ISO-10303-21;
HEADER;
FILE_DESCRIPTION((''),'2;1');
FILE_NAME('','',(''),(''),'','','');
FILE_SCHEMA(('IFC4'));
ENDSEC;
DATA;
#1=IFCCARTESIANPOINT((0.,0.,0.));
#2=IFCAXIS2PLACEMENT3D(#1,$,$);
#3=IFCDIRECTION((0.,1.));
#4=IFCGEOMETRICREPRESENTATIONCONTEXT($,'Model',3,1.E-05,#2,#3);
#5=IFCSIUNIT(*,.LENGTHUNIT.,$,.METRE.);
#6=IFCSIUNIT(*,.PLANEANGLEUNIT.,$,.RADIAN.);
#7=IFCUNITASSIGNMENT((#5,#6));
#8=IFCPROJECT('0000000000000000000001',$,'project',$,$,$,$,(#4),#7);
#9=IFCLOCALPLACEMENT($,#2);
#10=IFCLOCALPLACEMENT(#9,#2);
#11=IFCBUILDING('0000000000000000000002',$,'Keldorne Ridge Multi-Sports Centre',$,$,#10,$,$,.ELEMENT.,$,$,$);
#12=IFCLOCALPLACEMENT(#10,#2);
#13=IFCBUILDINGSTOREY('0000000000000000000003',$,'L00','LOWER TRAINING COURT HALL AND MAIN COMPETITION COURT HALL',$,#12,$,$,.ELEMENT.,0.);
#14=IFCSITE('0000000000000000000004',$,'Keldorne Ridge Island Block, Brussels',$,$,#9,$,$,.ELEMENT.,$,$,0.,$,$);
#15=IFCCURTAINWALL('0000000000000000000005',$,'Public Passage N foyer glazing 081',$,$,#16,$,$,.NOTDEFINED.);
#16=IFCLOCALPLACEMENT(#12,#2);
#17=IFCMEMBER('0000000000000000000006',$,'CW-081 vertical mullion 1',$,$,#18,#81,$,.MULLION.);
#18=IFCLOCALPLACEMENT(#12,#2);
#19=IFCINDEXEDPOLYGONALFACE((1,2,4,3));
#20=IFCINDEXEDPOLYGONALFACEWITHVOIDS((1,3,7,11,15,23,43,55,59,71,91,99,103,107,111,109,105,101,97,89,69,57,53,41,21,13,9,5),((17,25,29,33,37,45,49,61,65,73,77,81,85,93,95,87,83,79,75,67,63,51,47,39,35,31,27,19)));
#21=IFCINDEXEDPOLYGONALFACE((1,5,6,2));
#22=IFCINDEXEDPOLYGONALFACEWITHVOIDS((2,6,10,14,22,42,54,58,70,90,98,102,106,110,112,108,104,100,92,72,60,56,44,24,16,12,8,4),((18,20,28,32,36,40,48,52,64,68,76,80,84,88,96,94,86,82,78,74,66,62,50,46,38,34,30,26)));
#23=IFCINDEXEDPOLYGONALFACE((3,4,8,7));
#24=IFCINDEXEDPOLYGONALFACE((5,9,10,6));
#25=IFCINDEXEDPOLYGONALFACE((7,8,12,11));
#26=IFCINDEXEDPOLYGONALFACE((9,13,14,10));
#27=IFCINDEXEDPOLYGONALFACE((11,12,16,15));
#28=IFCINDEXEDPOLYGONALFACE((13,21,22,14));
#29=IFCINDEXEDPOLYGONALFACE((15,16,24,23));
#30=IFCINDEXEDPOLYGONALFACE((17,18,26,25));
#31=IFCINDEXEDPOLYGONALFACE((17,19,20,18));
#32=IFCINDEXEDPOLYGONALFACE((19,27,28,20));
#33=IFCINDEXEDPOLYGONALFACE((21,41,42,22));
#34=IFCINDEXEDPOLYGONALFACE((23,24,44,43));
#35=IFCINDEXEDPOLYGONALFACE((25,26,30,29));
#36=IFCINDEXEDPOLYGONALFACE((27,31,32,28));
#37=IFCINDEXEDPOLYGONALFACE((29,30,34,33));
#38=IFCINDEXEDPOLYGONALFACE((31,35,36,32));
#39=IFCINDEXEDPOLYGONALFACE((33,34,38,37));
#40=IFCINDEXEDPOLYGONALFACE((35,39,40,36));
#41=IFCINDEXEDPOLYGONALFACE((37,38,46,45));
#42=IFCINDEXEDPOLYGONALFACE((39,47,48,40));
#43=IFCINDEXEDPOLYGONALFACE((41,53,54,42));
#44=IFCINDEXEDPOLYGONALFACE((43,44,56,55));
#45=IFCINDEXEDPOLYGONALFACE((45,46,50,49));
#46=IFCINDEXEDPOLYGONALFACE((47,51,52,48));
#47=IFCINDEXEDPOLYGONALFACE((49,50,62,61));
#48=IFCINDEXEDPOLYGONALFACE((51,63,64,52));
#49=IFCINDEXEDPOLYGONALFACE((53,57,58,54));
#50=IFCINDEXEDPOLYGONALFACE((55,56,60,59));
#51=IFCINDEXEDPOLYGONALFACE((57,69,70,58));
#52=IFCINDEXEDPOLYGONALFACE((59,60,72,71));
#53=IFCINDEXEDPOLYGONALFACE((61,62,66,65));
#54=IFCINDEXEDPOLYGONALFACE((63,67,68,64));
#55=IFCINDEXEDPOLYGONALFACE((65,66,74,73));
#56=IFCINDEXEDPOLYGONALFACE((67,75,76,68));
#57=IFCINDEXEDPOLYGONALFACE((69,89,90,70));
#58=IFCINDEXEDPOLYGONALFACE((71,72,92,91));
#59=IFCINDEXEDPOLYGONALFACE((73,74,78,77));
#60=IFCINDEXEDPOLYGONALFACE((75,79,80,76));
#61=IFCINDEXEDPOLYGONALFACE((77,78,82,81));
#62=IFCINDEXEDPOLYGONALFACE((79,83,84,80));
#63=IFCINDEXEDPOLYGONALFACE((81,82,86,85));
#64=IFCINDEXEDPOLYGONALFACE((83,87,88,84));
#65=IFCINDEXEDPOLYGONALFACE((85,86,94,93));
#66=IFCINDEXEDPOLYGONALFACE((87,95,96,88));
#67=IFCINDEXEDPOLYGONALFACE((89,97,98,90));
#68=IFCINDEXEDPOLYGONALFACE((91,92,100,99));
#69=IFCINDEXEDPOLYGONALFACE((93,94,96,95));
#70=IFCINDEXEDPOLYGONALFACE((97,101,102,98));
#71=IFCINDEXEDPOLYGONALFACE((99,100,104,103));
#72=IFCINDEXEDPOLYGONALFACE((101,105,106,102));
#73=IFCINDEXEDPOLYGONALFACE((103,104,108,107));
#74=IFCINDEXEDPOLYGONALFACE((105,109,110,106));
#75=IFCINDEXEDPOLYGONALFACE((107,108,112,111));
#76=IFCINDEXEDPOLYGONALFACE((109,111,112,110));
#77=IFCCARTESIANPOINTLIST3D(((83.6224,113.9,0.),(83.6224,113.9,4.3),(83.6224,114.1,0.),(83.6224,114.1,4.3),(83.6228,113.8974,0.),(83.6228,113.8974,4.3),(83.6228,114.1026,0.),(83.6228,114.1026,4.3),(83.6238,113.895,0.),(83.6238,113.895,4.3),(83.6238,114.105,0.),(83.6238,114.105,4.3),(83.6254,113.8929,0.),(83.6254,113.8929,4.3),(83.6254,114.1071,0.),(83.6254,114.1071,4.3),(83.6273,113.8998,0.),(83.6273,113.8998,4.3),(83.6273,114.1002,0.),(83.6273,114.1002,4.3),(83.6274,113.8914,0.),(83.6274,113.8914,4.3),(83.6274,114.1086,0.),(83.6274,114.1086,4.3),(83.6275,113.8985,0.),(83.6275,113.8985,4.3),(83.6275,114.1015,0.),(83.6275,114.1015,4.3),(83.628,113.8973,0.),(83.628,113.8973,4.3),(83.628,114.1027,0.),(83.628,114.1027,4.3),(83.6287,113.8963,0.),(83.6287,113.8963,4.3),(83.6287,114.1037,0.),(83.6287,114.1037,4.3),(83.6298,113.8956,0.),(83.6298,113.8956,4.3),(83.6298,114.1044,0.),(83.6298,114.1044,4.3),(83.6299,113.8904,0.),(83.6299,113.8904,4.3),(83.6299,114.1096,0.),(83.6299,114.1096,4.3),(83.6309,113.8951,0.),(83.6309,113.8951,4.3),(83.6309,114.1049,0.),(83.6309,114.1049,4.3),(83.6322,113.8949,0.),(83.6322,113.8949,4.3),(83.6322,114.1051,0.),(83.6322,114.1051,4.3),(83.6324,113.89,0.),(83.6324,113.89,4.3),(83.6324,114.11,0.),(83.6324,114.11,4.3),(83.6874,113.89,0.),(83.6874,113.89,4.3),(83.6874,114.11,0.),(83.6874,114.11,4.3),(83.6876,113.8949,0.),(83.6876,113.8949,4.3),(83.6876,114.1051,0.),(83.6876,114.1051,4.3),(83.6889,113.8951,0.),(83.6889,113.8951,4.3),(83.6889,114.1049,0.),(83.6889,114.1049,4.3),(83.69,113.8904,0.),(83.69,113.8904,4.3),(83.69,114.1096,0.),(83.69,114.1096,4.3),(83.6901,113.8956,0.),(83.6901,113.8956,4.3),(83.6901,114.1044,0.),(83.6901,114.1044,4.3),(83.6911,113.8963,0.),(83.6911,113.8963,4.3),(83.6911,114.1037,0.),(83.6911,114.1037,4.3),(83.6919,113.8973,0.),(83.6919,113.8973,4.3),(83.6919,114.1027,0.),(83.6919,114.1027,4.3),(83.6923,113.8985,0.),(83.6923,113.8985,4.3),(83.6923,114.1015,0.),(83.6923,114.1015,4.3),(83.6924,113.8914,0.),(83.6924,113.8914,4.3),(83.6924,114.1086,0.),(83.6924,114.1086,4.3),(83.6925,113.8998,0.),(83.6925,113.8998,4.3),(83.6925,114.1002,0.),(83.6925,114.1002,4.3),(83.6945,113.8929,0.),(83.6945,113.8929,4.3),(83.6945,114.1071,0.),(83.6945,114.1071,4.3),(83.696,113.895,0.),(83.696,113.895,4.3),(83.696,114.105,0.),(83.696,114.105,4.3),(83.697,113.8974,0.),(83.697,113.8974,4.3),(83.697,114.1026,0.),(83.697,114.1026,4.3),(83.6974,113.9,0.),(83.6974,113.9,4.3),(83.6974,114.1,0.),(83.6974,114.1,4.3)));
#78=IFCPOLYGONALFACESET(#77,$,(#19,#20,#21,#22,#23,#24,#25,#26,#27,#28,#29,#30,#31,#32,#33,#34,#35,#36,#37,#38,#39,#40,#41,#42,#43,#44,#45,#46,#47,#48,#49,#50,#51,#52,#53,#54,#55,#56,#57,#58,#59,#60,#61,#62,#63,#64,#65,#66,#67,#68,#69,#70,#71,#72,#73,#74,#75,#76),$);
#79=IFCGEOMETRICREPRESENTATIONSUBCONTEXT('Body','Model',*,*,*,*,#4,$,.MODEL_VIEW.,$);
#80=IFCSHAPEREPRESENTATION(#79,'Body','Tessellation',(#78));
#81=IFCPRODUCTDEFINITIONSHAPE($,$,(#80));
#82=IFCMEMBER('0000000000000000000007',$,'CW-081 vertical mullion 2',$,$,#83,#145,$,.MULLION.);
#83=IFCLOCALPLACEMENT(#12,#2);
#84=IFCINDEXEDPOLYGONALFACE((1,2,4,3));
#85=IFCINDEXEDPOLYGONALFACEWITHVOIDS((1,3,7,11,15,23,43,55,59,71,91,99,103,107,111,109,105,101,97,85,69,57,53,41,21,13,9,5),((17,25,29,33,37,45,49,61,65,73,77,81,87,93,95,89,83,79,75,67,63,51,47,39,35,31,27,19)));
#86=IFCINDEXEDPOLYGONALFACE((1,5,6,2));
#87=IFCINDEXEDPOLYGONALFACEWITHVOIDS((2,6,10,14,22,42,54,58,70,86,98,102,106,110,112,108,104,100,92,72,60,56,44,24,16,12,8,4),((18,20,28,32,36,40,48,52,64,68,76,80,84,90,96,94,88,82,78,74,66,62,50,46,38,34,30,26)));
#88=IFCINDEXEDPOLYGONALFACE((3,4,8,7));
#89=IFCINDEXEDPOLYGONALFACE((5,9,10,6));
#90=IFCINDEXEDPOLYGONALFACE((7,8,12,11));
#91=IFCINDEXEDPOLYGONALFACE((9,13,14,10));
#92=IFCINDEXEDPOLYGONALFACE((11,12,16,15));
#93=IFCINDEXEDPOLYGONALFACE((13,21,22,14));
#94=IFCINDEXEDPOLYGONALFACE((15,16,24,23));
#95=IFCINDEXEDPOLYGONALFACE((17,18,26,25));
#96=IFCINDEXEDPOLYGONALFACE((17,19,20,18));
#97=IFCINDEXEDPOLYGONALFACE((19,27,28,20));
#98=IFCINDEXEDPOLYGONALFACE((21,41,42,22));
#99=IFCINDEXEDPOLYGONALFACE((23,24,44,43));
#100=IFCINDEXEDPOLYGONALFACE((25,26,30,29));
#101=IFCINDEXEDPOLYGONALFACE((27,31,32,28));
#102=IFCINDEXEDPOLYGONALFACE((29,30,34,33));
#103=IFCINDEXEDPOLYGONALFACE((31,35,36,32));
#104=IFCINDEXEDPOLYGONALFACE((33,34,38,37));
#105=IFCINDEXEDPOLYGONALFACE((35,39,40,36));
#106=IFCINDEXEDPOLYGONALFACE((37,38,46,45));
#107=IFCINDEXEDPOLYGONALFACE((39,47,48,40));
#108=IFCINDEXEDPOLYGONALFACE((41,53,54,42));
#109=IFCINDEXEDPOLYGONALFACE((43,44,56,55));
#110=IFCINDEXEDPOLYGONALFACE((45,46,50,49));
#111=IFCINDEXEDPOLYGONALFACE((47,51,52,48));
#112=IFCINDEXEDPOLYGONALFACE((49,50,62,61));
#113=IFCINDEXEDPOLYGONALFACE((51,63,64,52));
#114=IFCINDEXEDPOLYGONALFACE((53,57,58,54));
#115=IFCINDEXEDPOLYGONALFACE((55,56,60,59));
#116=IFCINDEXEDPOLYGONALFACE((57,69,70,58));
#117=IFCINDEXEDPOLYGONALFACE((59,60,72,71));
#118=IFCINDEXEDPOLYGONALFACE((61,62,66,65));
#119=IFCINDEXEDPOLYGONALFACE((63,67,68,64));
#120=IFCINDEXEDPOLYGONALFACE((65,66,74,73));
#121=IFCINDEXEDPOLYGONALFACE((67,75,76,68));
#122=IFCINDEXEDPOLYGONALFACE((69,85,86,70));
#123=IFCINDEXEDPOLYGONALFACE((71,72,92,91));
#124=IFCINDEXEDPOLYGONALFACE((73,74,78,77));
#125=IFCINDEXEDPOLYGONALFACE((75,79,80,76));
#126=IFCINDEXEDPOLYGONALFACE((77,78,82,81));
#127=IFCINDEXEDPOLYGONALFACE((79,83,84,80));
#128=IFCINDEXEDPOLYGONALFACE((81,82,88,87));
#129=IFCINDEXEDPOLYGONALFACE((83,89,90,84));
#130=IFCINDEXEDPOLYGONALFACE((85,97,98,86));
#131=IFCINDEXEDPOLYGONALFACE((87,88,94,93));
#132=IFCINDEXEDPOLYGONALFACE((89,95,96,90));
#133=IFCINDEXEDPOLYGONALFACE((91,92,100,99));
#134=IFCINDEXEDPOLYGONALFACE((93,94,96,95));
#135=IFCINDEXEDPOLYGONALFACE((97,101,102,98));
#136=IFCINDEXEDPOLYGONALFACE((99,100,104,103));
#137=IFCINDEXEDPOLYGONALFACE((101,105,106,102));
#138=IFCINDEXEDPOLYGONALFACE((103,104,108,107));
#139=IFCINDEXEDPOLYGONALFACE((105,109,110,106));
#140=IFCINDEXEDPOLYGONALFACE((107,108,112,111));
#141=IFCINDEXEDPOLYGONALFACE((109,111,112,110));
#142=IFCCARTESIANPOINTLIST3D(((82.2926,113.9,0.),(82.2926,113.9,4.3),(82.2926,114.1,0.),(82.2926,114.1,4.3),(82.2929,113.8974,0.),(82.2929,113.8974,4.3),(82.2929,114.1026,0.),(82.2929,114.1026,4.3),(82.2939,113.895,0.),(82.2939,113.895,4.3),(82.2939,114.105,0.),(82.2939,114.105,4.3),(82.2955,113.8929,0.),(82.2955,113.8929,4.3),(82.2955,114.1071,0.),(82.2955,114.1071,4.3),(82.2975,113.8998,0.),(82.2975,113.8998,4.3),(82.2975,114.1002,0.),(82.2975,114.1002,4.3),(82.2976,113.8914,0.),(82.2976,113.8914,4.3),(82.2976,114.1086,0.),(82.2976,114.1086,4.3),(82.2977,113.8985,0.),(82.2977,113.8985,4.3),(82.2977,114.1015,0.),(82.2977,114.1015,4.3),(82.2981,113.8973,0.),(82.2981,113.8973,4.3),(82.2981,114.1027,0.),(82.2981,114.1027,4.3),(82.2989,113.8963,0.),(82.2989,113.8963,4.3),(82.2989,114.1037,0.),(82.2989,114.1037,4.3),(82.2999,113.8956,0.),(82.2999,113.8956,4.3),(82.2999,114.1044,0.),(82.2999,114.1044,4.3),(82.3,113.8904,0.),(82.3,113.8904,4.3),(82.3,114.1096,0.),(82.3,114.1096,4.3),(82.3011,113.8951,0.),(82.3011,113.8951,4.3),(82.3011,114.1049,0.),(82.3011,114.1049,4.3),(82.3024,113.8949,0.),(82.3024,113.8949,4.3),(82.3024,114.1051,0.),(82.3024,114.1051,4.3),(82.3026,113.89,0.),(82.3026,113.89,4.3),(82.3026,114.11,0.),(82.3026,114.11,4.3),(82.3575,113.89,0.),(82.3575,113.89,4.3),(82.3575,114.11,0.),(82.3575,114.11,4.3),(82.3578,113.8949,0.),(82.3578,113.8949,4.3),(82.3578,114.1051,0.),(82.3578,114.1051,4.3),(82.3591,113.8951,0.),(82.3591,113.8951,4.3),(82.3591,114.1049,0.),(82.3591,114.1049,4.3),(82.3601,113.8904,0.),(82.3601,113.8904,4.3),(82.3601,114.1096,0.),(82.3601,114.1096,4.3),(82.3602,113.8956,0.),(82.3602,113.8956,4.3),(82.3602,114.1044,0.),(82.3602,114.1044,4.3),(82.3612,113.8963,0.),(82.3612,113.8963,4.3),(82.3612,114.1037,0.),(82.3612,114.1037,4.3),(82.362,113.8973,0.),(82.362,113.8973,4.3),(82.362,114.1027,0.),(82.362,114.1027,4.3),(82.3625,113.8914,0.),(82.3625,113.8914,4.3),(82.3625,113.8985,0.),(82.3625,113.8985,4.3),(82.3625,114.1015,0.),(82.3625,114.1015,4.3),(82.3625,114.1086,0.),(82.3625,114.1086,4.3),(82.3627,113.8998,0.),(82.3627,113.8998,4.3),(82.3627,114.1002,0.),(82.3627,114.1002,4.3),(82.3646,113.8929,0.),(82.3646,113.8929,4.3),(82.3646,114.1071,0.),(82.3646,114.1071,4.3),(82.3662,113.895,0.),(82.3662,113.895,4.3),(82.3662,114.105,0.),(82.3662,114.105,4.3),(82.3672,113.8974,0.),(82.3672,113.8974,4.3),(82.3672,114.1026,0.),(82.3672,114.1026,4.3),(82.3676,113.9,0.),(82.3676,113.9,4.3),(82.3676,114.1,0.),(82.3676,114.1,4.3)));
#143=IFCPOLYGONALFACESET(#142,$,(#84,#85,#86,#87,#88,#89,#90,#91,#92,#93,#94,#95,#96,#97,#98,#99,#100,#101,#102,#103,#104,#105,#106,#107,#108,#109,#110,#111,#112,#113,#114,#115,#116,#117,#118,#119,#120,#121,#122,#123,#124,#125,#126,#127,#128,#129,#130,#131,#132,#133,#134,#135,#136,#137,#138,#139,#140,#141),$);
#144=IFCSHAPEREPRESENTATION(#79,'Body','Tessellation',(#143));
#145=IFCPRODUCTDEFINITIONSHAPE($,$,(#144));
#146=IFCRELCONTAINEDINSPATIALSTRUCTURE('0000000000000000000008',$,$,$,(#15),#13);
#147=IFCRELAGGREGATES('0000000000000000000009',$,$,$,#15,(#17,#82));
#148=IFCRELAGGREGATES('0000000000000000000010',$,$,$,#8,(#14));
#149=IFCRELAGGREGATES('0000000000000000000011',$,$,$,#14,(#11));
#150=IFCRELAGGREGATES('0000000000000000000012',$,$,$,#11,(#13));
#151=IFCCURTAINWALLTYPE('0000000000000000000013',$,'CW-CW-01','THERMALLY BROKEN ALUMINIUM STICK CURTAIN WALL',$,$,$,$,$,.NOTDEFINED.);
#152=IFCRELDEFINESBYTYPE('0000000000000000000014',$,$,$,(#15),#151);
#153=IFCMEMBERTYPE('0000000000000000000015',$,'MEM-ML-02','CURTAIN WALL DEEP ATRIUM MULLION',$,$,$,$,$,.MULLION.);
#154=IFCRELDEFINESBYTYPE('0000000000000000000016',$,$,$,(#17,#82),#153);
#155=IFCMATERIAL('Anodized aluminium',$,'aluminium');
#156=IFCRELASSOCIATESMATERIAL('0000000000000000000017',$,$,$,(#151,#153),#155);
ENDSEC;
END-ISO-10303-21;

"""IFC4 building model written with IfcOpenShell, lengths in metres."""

from ifc_helpers import new_model, si_unit, direction, frame, origin, origin_2d, place, context, subcontext, project, spatial, hollow_rectangle, extrude, material, material_profile, profile_set, type_object, element, aggregate, save


model = new_model("IFC4")

# Units and contexts
model_context = context("Model", 3, precision=1e-05, world=origin(), true_north=direction((0.0, 1.0)))
body_context = subcontext(model_context, "Body", "Model", "MODEL_VIEW")
ifc_project = project(units=[si_unit("LENGTHUNIT", "METRE"), si_unit("PLANEANGLEUNIT", "RADIAN")], contexts=[model_context])

# Site, building, storey
site_placement = place(None, origin())
site = spatial("IfcSite", under=ifc_project, at=site_placement, Name="Keldorne Ridge Island Block, Brussels", CompositionType="ELEMENT", RefElevation=0.0)
building_placement = place(site_placement, origin())
building = spatial("IfcBuilding", under=site, at=building_placement, Name="Keldorne Ridge Multi-Sports Centre", CompositionType="ELEMENT")
storey_placement = place(building_placement, origin())
storey = spatial("IfcBuildingStorey", under=building, at=storey_placement, Name="L00", Description="LOWER TRAINING COURT HALL AND MAIN COMPETITION COURT HALL", CompositionType="ELEMENT", Elevation=0.0)

# Curtain wall, members
ifc_material_1 = material(Name="Anodized aluminium", Category="aluminium")
curtain_wall_type = type_object("IfcCurtainWallType", Name="CW-CW-01", Description="THERMALLY BROKEN ALUMINIUM STICK CURTAIN WALL", PredefinedType="NOTDEFINED", material=ifc_material_1)
curtain_wall_placement = place(storey_placement, origin())
curtain_wall = element("IfcCurtainWall", 1, at=curtain_wall_placement, inside=storey, type_object=curtain_wall_type, Name="Public Passage N foyer glazing 081", PredefinedType="NOTDEFINED")
ifc_material_profile_1 = material_profile(ifc_material_1, hollow_rectangle(XDim=0.075, YDim=0.22, WallThickness=0.0049, InnerFilletRadius=0.0049, OuterFilletRadius=0.01, at=origin_2d()), Name="ALU MULLION 220x75x5")
ifc_profile_set_1 = profile_set([ifc_material_profile_1], Name="Anodized aluminium")
member_type_1 = type_object("IfcMemberType", Name="MEM-ML-02", Description="CURTAIN WALL DEEP ATRIUM MULLION", PredefinedType="MULLION", material=ifc_profile_set_1)
member_1_placement = place(storey_placement, frame((83.6599, 114.0, 0.0), z_axis=(0.0, 0.0, 1.0), x_axis=(1.0, 0.0, 0.0)))
member_1 = element("IfcMember", 2, at=member_1_placement, type_object=member_type_1, Name="CW-081 vertical mullion 1", PredefinedType="MULLION", context=body_context, shape_type="SweptSolid", body=[
    extrude(hollow_rectangle(XDim=0.075, YDim=0.22, WallThickness=0.0049, InnerFilletRadius=0.0049, OuterFilletRadius=0.01, at=origin_2d()), origin(), (0.0, 0.0, 1.0), 4.3),
])
member_2_placement = place(storey_placement, frame((82.3301, 114.0, 0.0), z_axis=(0.0, 0.0, 1.0), x_axis=(1.0, 0.0, 0.0)))
member_2 = element("IfcMember", 3, at=member_2_placement, type_object=member_type_1, Name="CW-081 vertical mullion 2", PredefinedType="MULLION", context=body_context, shape_type="SweptSolid", body=[
    extrude(hollow_rectangle(XDim=0.075, YDim=0.22, WallThickness=0.0049, InnerFilletRadius=0.0049, OuterFilletRadius=0.01, at=origin_2d()), origin(), (0.0, 0.0, 1.0), 4.3),
])
aggregate(curtain_wall, [member_1, member_2])

save(model, "model.ifc")
